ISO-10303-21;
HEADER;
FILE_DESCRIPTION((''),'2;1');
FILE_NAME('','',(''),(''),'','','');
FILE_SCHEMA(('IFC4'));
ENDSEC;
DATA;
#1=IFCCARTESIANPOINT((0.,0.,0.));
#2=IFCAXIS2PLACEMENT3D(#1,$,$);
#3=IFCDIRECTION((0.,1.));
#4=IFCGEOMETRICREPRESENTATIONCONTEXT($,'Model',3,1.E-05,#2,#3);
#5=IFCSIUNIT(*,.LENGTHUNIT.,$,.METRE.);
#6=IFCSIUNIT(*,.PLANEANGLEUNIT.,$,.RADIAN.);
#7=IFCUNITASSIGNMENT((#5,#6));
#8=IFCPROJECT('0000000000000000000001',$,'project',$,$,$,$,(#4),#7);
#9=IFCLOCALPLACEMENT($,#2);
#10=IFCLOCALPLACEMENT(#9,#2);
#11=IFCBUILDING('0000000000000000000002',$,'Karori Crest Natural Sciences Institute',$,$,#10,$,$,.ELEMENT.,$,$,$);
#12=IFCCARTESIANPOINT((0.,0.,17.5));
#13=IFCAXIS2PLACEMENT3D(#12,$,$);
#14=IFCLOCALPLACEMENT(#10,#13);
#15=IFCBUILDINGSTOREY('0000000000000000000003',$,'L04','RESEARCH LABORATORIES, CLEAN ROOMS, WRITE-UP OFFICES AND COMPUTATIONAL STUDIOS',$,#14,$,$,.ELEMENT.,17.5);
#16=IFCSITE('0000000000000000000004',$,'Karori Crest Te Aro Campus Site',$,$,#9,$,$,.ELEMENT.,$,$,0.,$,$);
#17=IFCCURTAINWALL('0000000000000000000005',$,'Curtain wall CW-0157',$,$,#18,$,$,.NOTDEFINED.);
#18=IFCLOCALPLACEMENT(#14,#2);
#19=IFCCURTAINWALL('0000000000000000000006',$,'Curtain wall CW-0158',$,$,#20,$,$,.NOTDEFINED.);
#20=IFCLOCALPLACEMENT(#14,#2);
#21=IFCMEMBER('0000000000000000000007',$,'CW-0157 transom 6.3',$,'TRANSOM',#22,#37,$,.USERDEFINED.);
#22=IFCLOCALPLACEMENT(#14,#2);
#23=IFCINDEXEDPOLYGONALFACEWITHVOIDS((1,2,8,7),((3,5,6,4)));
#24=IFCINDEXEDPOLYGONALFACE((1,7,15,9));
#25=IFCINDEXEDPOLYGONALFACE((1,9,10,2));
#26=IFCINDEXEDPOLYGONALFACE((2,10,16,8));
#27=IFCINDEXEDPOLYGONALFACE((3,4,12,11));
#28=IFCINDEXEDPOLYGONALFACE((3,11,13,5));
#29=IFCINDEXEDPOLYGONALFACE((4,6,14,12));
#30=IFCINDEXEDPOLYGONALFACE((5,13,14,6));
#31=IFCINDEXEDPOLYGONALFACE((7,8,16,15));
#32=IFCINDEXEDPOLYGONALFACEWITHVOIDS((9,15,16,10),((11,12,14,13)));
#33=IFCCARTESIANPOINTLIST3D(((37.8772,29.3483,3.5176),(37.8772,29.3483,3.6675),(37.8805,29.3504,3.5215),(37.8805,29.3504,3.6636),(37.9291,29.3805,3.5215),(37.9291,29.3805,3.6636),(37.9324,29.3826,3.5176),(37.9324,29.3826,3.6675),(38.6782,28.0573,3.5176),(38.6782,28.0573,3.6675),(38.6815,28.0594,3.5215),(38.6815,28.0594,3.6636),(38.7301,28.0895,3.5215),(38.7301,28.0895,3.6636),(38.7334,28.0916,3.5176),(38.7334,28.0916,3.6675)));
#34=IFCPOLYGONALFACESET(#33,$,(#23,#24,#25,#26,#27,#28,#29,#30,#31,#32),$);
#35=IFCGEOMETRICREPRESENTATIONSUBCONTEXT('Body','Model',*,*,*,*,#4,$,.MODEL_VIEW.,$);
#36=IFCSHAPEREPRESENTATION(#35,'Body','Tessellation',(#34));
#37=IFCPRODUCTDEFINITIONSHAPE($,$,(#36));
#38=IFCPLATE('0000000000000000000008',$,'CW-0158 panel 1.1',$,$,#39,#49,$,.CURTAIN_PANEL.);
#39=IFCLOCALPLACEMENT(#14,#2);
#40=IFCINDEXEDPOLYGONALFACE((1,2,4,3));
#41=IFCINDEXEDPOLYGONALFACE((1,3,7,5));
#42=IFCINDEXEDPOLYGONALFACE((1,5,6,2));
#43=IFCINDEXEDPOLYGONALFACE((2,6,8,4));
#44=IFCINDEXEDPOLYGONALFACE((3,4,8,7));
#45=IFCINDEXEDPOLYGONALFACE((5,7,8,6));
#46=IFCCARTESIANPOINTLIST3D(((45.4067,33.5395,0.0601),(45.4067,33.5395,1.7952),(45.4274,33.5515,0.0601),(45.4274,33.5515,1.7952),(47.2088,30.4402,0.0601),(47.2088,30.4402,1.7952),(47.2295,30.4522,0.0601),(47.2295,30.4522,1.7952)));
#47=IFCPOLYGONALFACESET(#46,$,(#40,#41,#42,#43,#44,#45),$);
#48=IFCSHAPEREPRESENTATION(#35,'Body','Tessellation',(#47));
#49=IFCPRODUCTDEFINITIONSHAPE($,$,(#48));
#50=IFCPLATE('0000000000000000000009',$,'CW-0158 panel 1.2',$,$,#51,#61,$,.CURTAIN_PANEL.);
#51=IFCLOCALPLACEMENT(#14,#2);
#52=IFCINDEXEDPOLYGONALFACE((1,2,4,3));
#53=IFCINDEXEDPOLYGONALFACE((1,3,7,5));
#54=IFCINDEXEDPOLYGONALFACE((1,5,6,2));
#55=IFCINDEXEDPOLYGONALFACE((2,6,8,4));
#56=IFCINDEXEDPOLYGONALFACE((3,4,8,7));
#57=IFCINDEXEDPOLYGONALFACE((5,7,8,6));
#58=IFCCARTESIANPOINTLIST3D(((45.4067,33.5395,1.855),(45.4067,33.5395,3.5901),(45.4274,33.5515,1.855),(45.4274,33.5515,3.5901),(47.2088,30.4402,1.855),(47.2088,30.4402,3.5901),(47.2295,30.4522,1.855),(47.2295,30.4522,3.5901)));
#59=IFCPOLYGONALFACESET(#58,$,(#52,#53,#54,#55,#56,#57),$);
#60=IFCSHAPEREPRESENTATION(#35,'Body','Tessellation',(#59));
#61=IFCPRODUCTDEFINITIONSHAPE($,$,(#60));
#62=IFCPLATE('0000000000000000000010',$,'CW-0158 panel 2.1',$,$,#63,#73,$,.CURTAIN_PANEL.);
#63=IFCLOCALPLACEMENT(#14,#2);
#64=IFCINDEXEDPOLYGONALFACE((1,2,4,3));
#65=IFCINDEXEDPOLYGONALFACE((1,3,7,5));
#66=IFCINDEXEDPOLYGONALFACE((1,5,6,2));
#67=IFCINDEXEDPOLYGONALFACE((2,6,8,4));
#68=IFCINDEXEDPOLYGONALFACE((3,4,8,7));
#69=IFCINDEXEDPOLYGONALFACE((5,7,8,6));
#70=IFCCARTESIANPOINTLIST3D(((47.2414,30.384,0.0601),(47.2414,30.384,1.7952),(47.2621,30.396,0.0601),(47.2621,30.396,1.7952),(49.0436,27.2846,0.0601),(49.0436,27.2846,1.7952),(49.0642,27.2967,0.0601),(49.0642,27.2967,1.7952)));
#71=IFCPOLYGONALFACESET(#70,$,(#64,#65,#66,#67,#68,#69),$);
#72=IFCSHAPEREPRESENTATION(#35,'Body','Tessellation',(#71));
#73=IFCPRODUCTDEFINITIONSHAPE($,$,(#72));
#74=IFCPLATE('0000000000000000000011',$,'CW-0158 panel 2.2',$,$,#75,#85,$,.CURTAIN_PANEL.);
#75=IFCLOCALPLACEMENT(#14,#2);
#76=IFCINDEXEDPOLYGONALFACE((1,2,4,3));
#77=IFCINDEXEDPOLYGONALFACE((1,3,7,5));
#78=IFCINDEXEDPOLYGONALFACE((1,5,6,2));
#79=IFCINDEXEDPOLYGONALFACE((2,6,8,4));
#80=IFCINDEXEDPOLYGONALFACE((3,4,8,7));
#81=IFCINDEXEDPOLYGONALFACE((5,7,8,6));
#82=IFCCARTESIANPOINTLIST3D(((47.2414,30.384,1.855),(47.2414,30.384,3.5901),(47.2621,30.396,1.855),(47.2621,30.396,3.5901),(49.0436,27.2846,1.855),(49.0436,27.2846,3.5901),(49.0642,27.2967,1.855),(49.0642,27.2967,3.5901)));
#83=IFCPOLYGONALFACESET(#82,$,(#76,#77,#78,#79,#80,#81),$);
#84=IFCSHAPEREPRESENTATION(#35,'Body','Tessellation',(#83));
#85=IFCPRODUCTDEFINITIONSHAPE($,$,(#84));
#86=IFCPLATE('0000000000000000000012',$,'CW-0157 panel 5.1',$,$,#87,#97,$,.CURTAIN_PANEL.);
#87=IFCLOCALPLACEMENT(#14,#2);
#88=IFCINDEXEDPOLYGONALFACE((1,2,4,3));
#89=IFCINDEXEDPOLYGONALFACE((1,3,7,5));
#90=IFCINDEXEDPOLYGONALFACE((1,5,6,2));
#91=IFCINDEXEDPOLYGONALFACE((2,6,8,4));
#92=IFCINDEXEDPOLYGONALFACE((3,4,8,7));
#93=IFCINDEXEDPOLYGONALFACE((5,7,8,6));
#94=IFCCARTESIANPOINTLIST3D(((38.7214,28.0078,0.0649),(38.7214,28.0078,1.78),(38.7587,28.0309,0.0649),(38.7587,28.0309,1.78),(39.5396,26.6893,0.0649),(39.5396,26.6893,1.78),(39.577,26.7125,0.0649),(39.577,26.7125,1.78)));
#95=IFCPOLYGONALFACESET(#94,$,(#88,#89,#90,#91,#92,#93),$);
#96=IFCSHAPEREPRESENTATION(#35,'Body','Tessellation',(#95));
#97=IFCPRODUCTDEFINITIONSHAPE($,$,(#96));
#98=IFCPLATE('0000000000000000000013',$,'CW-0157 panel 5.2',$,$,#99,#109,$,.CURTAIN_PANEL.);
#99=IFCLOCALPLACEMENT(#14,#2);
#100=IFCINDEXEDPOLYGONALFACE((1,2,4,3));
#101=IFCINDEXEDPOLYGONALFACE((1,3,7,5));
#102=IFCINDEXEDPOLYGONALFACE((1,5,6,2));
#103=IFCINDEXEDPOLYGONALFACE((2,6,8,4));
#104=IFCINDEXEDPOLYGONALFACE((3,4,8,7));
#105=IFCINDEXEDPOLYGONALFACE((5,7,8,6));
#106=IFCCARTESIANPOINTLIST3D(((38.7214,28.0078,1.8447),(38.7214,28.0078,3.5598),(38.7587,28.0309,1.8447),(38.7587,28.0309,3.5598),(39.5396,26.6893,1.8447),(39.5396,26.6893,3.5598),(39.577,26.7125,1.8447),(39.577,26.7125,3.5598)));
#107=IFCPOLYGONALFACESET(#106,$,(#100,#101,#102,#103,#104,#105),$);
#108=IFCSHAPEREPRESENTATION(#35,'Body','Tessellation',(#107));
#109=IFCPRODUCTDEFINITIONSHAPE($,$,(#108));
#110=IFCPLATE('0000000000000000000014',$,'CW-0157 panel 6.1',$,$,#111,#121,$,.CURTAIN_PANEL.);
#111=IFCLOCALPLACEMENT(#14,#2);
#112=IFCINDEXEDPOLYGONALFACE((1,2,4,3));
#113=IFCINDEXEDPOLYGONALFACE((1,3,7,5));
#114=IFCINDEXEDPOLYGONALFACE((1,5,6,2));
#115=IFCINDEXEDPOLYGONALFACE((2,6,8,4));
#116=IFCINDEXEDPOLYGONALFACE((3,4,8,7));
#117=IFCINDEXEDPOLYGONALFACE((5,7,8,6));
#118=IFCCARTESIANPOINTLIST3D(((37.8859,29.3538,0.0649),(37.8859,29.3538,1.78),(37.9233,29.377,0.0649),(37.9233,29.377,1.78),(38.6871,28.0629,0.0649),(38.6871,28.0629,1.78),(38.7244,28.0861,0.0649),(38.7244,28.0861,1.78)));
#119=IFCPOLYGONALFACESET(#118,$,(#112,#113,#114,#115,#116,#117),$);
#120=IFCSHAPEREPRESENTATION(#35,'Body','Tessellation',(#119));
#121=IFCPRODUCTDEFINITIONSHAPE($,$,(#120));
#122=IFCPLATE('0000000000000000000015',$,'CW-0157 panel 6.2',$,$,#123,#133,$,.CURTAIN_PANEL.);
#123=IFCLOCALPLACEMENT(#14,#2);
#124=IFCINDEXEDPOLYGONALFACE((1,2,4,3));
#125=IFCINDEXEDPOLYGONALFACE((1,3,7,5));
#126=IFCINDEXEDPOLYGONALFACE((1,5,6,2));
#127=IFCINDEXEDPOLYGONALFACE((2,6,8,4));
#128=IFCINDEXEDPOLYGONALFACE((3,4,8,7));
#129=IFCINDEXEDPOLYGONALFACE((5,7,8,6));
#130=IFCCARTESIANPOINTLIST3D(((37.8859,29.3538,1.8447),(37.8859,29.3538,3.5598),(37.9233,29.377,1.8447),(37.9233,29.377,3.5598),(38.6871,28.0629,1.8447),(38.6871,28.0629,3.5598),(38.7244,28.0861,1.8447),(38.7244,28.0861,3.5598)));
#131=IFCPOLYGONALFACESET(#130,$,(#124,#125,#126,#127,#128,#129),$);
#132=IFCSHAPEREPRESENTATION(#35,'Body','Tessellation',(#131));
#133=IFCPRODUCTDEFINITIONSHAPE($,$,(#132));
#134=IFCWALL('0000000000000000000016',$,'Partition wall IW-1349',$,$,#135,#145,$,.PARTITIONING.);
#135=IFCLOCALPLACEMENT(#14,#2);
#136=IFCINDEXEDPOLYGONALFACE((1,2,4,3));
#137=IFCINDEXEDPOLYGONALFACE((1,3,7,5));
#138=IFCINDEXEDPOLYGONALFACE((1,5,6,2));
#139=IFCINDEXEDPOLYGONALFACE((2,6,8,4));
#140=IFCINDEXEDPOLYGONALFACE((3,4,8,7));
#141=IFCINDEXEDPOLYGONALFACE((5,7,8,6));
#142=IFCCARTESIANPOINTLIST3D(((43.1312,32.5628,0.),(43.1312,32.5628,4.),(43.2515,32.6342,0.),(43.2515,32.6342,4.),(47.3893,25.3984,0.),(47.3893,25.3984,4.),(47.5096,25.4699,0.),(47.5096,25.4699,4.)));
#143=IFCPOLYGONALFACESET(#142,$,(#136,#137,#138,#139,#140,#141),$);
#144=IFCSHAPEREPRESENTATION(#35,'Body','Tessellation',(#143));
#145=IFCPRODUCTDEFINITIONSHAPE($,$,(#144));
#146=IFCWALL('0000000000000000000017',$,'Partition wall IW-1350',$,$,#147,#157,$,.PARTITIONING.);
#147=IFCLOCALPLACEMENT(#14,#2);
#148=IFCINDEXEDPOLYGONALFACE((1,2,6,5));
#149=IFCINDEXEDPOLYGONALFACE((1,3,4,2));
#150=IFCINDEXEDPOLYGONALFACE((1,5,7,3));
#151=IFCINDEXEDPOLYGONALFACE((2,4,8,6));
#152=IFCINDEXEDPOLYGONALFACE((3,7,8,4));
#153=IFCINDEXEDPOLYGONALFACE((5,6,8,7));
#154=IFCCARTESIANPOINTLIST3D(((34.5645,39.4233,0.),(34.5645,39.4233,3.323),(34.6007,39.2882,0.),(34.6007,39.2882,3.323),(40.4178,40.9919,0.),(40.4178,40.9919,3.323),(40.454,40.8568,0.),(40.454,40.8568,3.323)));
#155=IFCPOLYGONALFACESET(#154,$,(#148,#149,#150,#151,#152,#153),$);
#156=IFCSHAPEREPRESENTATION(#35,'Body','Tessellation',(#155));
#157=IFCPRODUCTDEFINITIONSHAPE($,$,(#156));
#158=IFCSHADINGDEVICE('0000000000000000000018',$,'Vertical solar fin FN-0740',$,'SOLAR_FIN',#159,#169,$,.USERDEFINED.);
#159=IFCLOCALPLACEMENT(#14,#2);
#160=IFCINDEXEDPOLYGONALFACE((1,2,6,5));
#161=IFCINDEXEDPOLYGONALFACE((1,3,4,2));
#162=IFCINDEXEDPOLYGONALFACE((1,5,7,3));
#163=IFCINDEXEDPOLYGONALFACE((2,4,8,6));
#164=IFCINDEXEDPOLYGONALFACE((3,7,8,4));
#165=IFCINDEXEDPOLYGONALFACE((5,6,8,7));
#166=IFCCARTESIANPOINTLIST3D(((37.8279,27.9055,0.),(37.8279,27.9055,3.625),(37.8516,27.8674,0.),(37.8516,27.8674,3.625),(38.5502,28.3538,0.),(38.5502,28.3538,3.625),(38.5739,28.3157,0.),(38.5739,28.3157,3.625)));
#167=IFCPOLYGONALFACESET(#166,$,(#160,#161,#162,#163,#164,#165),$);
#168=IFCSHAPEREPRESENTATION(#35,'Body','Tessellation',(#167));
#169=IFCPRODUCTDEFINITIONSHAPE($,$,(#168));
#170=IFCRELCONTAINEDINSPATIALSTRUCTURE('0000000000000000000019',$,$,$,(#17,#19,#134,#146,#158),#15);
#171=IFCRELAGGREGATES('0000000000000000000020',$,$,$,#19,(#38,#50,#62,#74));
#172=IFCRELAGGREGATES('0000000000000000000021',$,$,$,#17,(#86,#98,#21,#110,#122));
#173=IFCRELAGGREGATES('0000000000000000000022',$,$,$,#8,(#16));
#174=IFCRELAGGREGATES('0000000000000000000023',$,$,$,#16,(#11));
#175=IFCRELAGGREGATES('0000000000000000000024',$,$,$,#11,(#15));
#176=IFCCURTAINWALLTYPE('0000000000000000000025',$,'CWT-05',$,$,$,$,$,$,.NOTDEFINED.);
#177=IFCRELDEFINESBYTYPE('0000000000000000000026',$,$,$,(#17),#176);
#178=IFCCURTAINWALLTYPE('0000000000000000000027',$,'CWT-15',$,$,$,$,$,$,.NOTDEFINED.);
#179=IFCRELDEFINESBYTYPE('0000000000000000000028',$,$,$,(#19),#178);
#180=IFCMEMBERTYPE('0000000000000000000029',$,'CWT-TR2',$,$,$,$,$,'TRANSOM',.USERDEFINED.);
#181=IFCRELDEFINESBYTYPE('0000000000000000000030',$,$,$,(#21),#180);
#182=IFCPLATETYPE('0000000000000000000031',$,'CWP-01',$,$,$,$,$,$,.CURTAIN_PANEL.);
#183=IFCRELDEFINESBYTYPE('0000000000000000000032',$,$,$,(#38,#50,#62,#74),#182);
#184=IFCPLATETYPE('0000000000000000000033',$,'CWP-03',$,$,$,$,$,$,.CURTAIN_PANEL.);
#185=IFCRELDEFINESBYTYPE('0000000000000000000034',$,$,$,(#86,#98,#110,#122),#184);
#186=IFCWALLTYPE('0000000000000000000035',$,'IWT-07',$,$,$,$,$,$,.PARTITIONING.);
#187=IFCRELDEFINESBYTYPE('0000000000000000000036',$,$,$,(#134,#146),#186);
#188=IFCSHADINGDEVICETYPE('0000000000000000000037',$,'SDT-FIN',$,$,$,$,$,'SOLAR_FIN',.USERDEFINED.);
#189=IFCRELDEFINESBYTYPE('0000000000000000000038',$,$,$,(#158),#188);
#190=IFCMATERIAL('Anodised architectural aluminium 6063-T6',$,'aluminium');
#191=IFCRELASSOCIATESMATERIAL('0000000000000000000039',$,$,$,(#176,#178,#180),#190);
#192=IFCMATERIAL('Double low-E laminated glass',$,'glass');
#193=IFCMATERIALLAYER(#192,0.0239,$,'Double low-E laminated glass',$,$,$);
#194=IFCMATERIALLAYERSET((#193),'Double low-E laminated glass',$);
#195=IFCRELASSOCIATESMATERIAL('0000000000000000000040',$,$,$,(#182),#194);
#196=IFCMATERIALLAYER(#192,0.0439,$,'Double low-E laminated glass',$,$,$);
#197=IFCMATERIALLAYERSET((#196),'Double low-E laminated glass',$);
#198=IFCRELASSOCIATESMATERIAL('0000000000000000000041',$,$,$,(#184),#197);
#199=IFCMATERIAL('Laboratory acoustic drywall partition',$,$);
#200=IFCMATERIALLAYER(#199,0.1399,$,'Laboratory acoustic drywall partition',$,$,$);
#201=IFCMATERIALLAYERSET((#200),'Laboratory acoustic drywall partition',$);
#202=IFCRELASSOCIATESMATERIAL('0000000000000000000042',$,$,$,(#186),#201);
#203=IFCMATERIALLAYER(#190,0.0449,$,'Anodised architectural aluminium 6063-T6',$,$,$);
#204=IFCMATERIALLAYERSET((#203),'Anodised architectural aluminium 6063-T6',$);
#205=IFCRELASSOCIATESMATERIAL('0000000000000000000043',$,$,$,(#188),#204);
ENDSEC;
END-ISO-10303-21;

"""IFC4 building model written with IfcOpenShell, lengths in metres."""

from ifc_helpers import new_model, si_unit, direction, frame, frame_2d, origin, origin_2d, place, context, subcontext, project, spatial, rectangle, hollow_rectangle, extrude, material, layer, layer_set, material_profile, profile_set, type_object, element, aggregate, save


model = new_model("IFC4")

# Units and contexts
model_context = context("Model", 3, precision=1e-05, world=origin(), true_north=direction((0.0, 1.0)))
body_context = subcontext(model_context, "Body", "Model", "MODEL_VIEW")
ifc_project = project(units=[si_unit("LENGTHUNIT", "METRE"), si_unit("PLANEANGLEUNIT", "RADIAN")], contexts=[model_context])

# Site, building, storey
site_placement = place(None, origin())
site = spatial("IfcSite", under=ifc_project, at=site_placement, Name="Karori Crest Te Aro Campus Site", CompositionType="ELEMENT", RefElevation=0.0)
building_placement = place(site_placement, origin())
building = spatial("IfcBuilding", under=site, at=building_placement, Name="Karori Crest Natural Sciences Institute", CompositionType="ELEMENT")
storey_placement = place(building_placement, frame((0.0, 0.0, 17.5)))
storey = spatial("IfcBuildingStorey", under=building, at=storey_placement, Name="L04", Description="RESEARCH LABORATORIES, CLEAN ROOMS, WRITE-UP OFFICES AND COMPUTATIONAL STUDIOS", CompositionType="ELEMENT", Elevation=17.5)

# Shared definitions
ifc_material_1 = material(Name="Anodised architectural aluminium 6063-T6", Category="aluminium")

# Curtain walls
curtain_wall_type_1 = type_object("IfcCurtainWallType", Name="CWT-05", PredefinedType="NOTDEFINED", material=ifc_material_1)
curtain_wall_1_placement = place(storey_placement, origin())
curtain_wall_1 = element("IfcCurtainWall", 1, at=curtain_wall_1_placement, inside=storey, type_object=curtain_wall_type_1, Name="Curtain wall CW-0157", PredefinedType="NOTDEFINED")
curtain_wall_type_2 = type_object("IfcCurtainWallType", Name="CWT-15", PredefinedType="NOTDEFINED", material=ifc_material_1)
curtain_wall_2_placement = place(storey_placement, origin())
curtain_wall_2 = element("IfcCurtainWall", 2, at=curtain_wall_2_placement, inside=storey, type_object=curtain_wall_type_2, Name="Curtain wall CW-0158", PredefinedType="NOTDEFINED")

# Member
ifc_material_profile_1 = material_profile(ifc_material_1, hollow_rectangle(XDim=0.0649, YDim=0.1499, WallThickness=0.0039, at=origin_2d()), Name="CWT150x65x4")
ifc_profile_set_1 = profile_set([ifc_material_profile_1], Name="Anodised architectural aluminium 6063-T6")
member_type_1 = type_object("IfcMemberType", Name="CWT-TR2", ElementType="TRANSOM", PredefinedType="USERDEFINED", material=ifc_profile_set_1)
member_1_placement = place(storey_placement, frame((38.7058, 28.0745, 3.5925), z_axis=(-0.527223, 0.849727, 0.0), x_axis=(-0.849727, -0.527223, 0.0)))
member_1 = element("IfcMember", 3, at=member_1_placement, type_object=member_type_1, Name="CW-0157 transom 6.3", ObjectType="TRANSOM", PredefinedType="USERDEFINED", context=body_context, shape_type="SweptSolid", body=[
    extrude(hollow_rectangle(XDim=0.0649, YDim=0.1499, WallThickness=0.0039, at=origin_2d()), origin(), (0.0, 0.0, 1.0), 1.5193),
])

# Plates
ifc_material_2 = material(Name="Double low-E laminated glass", Category="glass")
ifc_layer_1 = layer(ifc_material_2, 0.0239, Name="Double low-E laminated glass")
ifc_layer_set_1 = layer_set([ifc_layer_1], Name="Double low-E laminated glass")
plate_type_1 = type_object("IfcPlateType", Name="CWP-01", PredefinedType="CURTAIN_PANEL", material=ifc_layer_set_1)
plate_1_placement = place(storey_placement, frame((46.3181, 31.9958, 0.0601), z_axis=(0.0, 0.0, 1.0), x_axis=(0.502655, -0.864487, 0.0)))
plate_1 = element("IfcPlate", 4, at=plate_1_placement, type_object=plate_type_1, Name="CW-0158 panel 1.1", PredefinedType="CURTAIN_PANEL", context=body_context, shape_type="SweptSolid", body=[
    extrude(rectangle(XDim=3.5852, YDim=0.0239, at=origin_2d()), origin(), (0.0, 0.0, 1.0), 1.7351),
])
plate_2_placement = place(storey_placement, frame((46.3181, 31.9958, 1.855), z_axis=(0.0, 0.0, 1.0), x_axis=(0.502655, -0.864487, 0.0)))
plate_2 = element("IfcPlate", 5, at=plate_2_placement, type_object=plate_type_1, Name="CW-0158 panel 1.2", PredefinedType="CURTAIN_PANEL", context=body_context, shape_type="SweptSolid", body=[
    extrude(rectangle(XDim=3.5852, YDim=0.0239, at=origin_2d()), origin(), (0.0, 0.0, 1.0), 1.7351),
])
plate_3_placement = place(storey_placement, frame((48.1528, 28.8403, 0.0601), z_axis=(0.0, 0.0, 1.0), x_axis=(0.502655, -0.864487, 0.0)))
plate_3 = element("IfcPlate", 6, at=plate_3_placement, type_object=plate_type_1, Name="CW-0158 panel 2.1", PredefinedType="CURTAIN_PANEL", context=body_context, shape_type="SweptSolid", body=[
    extrude(rectangle(XDim=3.5852, YDim=0.0239, at=origin_2d()), origin(), (0.0, 0.0, 1.0), 1.7351),
])
plate_4_placement = place(storey_placement, frame((48.1528, 28.8403, 1.855), z_axis=(0.0, 0.0, 1.0), x_axis=(0.502655, -0.864487, 0.0)))
plate_4 = element("IfcPlate", 7, at=plate_4_placement, type_object=plate_type_1, Name="CW-0158 panel 2.2", PredefinedType="CURTAIN_PANEL", context=body_context, shape_type="SweptSolid", body=[
    extrude(rectangle(XDim=3.5852, YDim=0.0239, at=origin_2d()), origin(), (0.0, 0.0, 1.0), 1.7351),
])
aggregate(curtain_wall_2, [plate_1, plate_2, plate_3, plate_4])
ifc_layer_2 = layer(ifc_material_2, 0.0439, Name="Double low-E laminated glass")
ifc_layer_set_2 = layer_set([ifc_layer_2], Name="Double low-E laminated glass")
plate_type_2 = type_object("IfcPlateType", Name="CWP-03", PredefinedType="CURTAIN_PANEL", material=ifc_layer_set_2)
plate_5_placement = place(storey_placement, frame((39.1492, 27.3601, 0.0649), z_axis=(0.0, 0.0, 1.0), x_axis=(-0.527328, 0.849662, 0.0)))
plate_5 = element("IfcPlate", 8, at=plate_5_placement, type_object=plate_type_2, Name="CW-0157 panel 5.1", PredefinedType="CURTAIN_PANEL", context=body_context, shape_type="SweptSolid", body=[
    extrude(rectangle(XDim=1.5518, YDim=0.0439, at=origin_2d()), origin(), (0.0, 0.0, 1.0), 1.7151),
])
plate_6_placement = place(storey_placement, frame((39.1492, 27.3601, 1.8447), z_axis=(0.0, 0.0, 1.0), x_axis=(-0.527328, 0.849662, 0.0)))
plate_6 = element("IfcPlate", 9, at=plate_6_placement, type_object=plate_type_2, Name="CW-0157 panel 5.2", PredefinedType="CURTAIN_PANEL", context=body_context, shape_type="SweptSolid", body=[
    extrude(rectangle(XDim=1.5518, YDim=0.0439, at=origin_2d()), origin(), (0.0, 0.0, 1.0), 1.7151),
])
plate_7_placement = place(storey_placement, frame((38.3052, 28.72, 0.0649), z_axis=(0.0, 0.0, 1.0), x_axis=(-0.527328, 0.849662, 0.0)))
plate_7 = element("IfcPlate", 10, at=plate_7_placement, type_object=plate_type_2, Name="CW-0157 panel 6.1", PredefinedType="CURTAIN_PANEL", context=body_context, shape_type="SweptSolid", body=[
    extrude(rectangle(XDim=1.5193, YDim=0.0439, at=origin_2d()), origin(), (0.0, 0.0, 1.0), 1.7151),
])
plate_8_placement = place(storey_placement, frame((38.3052, 28.72, 1.8447), z_axis=(0.0, 0.0, 1.0), x_axis=(-0.527328, 0.849662, 0.0)))
plate_8 = element("IfcPlate", 11, at=plate_8_placement, type_object=plate_type_2, Name="CW-0157 panel 6.2", PredefinedType="CURTAIN_PANEL", context=body_context, shape_type="SweptSolid", body=[
    extrude(rectangle(XDim=1.5193, YDim=0.0439, at=origin_2d()), origin(), (0.0, 0.0, 1.0), 1.7151),
])
aggregate(curtain_wall_1, [plate_5, plate_6, member_1, plate_7, plate_8])

# Walls
ifc_material_3 = material(Name="Laboratory acoustic drywall partition")
ifc_layer_3 = layer(ifc_material_3, 0.1399, Name="Laboratory acoustic drywall partition")
ifc_layer_set_3 = layer_set([ifc_layer_3], Name="Laboratory acoustic drywall partition")
wall_type = type_object("IfcWallType", Name="IWT-07", PredefinedType="PARTITIONING", material=ifc_layer_set_3)
wall_1_placement = place(storey_placement, frame((43.1914, 32.5984, 0.0), z_axis=(0.0, 0.0, 1.0), x_axis=(0.510916, -0.859631, 0.0)))
element("IfcWall", 12, at=wall_1_placement, inside=storey, type_object=wall_type, Name="Partition wall IW-1349", PredefinedType="PARTITIONING", context=body_context, shape_type="SweptSolid", body=[
    extrude(rectangle(XDim=8.3342, YDim=0.1399, at=frame_2d((4.167, 0.0))), origin(), (0.0, 0.0, 1.0), 4.0),
])
wall_2_placement = place(storey_placement, frame((40.4358, 40.9243, 0.0), z_axis=(0.0, 0.0, 1.0), x_axis=(-0.965917, -0.258854, 0.0)))
element("IfcWall", 13, at=wall_2_placement, inside=storey, type_object=wall_type, Name="Partition wall IW-1350", PredefinedType="PARTITIONING", context=body_context, shape_type="SweptSolid", body=[
    extrude(rectangle(XDim=6.0598, YDim=0.1399, at=frame_2d((3.0298, 0.0))), origin(), (0.0, 0.0, 1.0), 3.323),
])

# Shading device
ifc_layer_4 = layer(ifc_material_1, 0.0449, Name="Anodised architectural aluminium 6063-T6")
ifc_layer_set_4 = layer_set([ifc_layer_4], Name="Anodised architectural aluminium 6063-T6")
shading_device_type = type_object("IfcShadingDeviceType", Name="SDT-FIN", ElementType="SOLAR_FIN", PredefinedType="USERDEFINED", material=ifc_layer_set_4)
shading_device_placement = place(storey_placement, frame((38.2009, 28.1106, 0.0), z_axis=(0.0, 0.0, 1.0), x_axis=(-0.849662, -0.527328, 0.0)))
element("IfcShadingDevice", 14, at=shading_device_placement, inside=storey, type_object=shading_device_type, Name="Vertical solar fin FN-0740", ObjectType="SOLAR_FIN", PredefinedType="USERDEFINED", context=body_context, shape_type="SweptSolid", body=[
    extrude(rectangle(XDim=0.8501, YDim=0.0449, at=origin_2d()), origin(), (0.0, 0.0, 1.0), 3.625),
])

save(model, "model.ifc")
